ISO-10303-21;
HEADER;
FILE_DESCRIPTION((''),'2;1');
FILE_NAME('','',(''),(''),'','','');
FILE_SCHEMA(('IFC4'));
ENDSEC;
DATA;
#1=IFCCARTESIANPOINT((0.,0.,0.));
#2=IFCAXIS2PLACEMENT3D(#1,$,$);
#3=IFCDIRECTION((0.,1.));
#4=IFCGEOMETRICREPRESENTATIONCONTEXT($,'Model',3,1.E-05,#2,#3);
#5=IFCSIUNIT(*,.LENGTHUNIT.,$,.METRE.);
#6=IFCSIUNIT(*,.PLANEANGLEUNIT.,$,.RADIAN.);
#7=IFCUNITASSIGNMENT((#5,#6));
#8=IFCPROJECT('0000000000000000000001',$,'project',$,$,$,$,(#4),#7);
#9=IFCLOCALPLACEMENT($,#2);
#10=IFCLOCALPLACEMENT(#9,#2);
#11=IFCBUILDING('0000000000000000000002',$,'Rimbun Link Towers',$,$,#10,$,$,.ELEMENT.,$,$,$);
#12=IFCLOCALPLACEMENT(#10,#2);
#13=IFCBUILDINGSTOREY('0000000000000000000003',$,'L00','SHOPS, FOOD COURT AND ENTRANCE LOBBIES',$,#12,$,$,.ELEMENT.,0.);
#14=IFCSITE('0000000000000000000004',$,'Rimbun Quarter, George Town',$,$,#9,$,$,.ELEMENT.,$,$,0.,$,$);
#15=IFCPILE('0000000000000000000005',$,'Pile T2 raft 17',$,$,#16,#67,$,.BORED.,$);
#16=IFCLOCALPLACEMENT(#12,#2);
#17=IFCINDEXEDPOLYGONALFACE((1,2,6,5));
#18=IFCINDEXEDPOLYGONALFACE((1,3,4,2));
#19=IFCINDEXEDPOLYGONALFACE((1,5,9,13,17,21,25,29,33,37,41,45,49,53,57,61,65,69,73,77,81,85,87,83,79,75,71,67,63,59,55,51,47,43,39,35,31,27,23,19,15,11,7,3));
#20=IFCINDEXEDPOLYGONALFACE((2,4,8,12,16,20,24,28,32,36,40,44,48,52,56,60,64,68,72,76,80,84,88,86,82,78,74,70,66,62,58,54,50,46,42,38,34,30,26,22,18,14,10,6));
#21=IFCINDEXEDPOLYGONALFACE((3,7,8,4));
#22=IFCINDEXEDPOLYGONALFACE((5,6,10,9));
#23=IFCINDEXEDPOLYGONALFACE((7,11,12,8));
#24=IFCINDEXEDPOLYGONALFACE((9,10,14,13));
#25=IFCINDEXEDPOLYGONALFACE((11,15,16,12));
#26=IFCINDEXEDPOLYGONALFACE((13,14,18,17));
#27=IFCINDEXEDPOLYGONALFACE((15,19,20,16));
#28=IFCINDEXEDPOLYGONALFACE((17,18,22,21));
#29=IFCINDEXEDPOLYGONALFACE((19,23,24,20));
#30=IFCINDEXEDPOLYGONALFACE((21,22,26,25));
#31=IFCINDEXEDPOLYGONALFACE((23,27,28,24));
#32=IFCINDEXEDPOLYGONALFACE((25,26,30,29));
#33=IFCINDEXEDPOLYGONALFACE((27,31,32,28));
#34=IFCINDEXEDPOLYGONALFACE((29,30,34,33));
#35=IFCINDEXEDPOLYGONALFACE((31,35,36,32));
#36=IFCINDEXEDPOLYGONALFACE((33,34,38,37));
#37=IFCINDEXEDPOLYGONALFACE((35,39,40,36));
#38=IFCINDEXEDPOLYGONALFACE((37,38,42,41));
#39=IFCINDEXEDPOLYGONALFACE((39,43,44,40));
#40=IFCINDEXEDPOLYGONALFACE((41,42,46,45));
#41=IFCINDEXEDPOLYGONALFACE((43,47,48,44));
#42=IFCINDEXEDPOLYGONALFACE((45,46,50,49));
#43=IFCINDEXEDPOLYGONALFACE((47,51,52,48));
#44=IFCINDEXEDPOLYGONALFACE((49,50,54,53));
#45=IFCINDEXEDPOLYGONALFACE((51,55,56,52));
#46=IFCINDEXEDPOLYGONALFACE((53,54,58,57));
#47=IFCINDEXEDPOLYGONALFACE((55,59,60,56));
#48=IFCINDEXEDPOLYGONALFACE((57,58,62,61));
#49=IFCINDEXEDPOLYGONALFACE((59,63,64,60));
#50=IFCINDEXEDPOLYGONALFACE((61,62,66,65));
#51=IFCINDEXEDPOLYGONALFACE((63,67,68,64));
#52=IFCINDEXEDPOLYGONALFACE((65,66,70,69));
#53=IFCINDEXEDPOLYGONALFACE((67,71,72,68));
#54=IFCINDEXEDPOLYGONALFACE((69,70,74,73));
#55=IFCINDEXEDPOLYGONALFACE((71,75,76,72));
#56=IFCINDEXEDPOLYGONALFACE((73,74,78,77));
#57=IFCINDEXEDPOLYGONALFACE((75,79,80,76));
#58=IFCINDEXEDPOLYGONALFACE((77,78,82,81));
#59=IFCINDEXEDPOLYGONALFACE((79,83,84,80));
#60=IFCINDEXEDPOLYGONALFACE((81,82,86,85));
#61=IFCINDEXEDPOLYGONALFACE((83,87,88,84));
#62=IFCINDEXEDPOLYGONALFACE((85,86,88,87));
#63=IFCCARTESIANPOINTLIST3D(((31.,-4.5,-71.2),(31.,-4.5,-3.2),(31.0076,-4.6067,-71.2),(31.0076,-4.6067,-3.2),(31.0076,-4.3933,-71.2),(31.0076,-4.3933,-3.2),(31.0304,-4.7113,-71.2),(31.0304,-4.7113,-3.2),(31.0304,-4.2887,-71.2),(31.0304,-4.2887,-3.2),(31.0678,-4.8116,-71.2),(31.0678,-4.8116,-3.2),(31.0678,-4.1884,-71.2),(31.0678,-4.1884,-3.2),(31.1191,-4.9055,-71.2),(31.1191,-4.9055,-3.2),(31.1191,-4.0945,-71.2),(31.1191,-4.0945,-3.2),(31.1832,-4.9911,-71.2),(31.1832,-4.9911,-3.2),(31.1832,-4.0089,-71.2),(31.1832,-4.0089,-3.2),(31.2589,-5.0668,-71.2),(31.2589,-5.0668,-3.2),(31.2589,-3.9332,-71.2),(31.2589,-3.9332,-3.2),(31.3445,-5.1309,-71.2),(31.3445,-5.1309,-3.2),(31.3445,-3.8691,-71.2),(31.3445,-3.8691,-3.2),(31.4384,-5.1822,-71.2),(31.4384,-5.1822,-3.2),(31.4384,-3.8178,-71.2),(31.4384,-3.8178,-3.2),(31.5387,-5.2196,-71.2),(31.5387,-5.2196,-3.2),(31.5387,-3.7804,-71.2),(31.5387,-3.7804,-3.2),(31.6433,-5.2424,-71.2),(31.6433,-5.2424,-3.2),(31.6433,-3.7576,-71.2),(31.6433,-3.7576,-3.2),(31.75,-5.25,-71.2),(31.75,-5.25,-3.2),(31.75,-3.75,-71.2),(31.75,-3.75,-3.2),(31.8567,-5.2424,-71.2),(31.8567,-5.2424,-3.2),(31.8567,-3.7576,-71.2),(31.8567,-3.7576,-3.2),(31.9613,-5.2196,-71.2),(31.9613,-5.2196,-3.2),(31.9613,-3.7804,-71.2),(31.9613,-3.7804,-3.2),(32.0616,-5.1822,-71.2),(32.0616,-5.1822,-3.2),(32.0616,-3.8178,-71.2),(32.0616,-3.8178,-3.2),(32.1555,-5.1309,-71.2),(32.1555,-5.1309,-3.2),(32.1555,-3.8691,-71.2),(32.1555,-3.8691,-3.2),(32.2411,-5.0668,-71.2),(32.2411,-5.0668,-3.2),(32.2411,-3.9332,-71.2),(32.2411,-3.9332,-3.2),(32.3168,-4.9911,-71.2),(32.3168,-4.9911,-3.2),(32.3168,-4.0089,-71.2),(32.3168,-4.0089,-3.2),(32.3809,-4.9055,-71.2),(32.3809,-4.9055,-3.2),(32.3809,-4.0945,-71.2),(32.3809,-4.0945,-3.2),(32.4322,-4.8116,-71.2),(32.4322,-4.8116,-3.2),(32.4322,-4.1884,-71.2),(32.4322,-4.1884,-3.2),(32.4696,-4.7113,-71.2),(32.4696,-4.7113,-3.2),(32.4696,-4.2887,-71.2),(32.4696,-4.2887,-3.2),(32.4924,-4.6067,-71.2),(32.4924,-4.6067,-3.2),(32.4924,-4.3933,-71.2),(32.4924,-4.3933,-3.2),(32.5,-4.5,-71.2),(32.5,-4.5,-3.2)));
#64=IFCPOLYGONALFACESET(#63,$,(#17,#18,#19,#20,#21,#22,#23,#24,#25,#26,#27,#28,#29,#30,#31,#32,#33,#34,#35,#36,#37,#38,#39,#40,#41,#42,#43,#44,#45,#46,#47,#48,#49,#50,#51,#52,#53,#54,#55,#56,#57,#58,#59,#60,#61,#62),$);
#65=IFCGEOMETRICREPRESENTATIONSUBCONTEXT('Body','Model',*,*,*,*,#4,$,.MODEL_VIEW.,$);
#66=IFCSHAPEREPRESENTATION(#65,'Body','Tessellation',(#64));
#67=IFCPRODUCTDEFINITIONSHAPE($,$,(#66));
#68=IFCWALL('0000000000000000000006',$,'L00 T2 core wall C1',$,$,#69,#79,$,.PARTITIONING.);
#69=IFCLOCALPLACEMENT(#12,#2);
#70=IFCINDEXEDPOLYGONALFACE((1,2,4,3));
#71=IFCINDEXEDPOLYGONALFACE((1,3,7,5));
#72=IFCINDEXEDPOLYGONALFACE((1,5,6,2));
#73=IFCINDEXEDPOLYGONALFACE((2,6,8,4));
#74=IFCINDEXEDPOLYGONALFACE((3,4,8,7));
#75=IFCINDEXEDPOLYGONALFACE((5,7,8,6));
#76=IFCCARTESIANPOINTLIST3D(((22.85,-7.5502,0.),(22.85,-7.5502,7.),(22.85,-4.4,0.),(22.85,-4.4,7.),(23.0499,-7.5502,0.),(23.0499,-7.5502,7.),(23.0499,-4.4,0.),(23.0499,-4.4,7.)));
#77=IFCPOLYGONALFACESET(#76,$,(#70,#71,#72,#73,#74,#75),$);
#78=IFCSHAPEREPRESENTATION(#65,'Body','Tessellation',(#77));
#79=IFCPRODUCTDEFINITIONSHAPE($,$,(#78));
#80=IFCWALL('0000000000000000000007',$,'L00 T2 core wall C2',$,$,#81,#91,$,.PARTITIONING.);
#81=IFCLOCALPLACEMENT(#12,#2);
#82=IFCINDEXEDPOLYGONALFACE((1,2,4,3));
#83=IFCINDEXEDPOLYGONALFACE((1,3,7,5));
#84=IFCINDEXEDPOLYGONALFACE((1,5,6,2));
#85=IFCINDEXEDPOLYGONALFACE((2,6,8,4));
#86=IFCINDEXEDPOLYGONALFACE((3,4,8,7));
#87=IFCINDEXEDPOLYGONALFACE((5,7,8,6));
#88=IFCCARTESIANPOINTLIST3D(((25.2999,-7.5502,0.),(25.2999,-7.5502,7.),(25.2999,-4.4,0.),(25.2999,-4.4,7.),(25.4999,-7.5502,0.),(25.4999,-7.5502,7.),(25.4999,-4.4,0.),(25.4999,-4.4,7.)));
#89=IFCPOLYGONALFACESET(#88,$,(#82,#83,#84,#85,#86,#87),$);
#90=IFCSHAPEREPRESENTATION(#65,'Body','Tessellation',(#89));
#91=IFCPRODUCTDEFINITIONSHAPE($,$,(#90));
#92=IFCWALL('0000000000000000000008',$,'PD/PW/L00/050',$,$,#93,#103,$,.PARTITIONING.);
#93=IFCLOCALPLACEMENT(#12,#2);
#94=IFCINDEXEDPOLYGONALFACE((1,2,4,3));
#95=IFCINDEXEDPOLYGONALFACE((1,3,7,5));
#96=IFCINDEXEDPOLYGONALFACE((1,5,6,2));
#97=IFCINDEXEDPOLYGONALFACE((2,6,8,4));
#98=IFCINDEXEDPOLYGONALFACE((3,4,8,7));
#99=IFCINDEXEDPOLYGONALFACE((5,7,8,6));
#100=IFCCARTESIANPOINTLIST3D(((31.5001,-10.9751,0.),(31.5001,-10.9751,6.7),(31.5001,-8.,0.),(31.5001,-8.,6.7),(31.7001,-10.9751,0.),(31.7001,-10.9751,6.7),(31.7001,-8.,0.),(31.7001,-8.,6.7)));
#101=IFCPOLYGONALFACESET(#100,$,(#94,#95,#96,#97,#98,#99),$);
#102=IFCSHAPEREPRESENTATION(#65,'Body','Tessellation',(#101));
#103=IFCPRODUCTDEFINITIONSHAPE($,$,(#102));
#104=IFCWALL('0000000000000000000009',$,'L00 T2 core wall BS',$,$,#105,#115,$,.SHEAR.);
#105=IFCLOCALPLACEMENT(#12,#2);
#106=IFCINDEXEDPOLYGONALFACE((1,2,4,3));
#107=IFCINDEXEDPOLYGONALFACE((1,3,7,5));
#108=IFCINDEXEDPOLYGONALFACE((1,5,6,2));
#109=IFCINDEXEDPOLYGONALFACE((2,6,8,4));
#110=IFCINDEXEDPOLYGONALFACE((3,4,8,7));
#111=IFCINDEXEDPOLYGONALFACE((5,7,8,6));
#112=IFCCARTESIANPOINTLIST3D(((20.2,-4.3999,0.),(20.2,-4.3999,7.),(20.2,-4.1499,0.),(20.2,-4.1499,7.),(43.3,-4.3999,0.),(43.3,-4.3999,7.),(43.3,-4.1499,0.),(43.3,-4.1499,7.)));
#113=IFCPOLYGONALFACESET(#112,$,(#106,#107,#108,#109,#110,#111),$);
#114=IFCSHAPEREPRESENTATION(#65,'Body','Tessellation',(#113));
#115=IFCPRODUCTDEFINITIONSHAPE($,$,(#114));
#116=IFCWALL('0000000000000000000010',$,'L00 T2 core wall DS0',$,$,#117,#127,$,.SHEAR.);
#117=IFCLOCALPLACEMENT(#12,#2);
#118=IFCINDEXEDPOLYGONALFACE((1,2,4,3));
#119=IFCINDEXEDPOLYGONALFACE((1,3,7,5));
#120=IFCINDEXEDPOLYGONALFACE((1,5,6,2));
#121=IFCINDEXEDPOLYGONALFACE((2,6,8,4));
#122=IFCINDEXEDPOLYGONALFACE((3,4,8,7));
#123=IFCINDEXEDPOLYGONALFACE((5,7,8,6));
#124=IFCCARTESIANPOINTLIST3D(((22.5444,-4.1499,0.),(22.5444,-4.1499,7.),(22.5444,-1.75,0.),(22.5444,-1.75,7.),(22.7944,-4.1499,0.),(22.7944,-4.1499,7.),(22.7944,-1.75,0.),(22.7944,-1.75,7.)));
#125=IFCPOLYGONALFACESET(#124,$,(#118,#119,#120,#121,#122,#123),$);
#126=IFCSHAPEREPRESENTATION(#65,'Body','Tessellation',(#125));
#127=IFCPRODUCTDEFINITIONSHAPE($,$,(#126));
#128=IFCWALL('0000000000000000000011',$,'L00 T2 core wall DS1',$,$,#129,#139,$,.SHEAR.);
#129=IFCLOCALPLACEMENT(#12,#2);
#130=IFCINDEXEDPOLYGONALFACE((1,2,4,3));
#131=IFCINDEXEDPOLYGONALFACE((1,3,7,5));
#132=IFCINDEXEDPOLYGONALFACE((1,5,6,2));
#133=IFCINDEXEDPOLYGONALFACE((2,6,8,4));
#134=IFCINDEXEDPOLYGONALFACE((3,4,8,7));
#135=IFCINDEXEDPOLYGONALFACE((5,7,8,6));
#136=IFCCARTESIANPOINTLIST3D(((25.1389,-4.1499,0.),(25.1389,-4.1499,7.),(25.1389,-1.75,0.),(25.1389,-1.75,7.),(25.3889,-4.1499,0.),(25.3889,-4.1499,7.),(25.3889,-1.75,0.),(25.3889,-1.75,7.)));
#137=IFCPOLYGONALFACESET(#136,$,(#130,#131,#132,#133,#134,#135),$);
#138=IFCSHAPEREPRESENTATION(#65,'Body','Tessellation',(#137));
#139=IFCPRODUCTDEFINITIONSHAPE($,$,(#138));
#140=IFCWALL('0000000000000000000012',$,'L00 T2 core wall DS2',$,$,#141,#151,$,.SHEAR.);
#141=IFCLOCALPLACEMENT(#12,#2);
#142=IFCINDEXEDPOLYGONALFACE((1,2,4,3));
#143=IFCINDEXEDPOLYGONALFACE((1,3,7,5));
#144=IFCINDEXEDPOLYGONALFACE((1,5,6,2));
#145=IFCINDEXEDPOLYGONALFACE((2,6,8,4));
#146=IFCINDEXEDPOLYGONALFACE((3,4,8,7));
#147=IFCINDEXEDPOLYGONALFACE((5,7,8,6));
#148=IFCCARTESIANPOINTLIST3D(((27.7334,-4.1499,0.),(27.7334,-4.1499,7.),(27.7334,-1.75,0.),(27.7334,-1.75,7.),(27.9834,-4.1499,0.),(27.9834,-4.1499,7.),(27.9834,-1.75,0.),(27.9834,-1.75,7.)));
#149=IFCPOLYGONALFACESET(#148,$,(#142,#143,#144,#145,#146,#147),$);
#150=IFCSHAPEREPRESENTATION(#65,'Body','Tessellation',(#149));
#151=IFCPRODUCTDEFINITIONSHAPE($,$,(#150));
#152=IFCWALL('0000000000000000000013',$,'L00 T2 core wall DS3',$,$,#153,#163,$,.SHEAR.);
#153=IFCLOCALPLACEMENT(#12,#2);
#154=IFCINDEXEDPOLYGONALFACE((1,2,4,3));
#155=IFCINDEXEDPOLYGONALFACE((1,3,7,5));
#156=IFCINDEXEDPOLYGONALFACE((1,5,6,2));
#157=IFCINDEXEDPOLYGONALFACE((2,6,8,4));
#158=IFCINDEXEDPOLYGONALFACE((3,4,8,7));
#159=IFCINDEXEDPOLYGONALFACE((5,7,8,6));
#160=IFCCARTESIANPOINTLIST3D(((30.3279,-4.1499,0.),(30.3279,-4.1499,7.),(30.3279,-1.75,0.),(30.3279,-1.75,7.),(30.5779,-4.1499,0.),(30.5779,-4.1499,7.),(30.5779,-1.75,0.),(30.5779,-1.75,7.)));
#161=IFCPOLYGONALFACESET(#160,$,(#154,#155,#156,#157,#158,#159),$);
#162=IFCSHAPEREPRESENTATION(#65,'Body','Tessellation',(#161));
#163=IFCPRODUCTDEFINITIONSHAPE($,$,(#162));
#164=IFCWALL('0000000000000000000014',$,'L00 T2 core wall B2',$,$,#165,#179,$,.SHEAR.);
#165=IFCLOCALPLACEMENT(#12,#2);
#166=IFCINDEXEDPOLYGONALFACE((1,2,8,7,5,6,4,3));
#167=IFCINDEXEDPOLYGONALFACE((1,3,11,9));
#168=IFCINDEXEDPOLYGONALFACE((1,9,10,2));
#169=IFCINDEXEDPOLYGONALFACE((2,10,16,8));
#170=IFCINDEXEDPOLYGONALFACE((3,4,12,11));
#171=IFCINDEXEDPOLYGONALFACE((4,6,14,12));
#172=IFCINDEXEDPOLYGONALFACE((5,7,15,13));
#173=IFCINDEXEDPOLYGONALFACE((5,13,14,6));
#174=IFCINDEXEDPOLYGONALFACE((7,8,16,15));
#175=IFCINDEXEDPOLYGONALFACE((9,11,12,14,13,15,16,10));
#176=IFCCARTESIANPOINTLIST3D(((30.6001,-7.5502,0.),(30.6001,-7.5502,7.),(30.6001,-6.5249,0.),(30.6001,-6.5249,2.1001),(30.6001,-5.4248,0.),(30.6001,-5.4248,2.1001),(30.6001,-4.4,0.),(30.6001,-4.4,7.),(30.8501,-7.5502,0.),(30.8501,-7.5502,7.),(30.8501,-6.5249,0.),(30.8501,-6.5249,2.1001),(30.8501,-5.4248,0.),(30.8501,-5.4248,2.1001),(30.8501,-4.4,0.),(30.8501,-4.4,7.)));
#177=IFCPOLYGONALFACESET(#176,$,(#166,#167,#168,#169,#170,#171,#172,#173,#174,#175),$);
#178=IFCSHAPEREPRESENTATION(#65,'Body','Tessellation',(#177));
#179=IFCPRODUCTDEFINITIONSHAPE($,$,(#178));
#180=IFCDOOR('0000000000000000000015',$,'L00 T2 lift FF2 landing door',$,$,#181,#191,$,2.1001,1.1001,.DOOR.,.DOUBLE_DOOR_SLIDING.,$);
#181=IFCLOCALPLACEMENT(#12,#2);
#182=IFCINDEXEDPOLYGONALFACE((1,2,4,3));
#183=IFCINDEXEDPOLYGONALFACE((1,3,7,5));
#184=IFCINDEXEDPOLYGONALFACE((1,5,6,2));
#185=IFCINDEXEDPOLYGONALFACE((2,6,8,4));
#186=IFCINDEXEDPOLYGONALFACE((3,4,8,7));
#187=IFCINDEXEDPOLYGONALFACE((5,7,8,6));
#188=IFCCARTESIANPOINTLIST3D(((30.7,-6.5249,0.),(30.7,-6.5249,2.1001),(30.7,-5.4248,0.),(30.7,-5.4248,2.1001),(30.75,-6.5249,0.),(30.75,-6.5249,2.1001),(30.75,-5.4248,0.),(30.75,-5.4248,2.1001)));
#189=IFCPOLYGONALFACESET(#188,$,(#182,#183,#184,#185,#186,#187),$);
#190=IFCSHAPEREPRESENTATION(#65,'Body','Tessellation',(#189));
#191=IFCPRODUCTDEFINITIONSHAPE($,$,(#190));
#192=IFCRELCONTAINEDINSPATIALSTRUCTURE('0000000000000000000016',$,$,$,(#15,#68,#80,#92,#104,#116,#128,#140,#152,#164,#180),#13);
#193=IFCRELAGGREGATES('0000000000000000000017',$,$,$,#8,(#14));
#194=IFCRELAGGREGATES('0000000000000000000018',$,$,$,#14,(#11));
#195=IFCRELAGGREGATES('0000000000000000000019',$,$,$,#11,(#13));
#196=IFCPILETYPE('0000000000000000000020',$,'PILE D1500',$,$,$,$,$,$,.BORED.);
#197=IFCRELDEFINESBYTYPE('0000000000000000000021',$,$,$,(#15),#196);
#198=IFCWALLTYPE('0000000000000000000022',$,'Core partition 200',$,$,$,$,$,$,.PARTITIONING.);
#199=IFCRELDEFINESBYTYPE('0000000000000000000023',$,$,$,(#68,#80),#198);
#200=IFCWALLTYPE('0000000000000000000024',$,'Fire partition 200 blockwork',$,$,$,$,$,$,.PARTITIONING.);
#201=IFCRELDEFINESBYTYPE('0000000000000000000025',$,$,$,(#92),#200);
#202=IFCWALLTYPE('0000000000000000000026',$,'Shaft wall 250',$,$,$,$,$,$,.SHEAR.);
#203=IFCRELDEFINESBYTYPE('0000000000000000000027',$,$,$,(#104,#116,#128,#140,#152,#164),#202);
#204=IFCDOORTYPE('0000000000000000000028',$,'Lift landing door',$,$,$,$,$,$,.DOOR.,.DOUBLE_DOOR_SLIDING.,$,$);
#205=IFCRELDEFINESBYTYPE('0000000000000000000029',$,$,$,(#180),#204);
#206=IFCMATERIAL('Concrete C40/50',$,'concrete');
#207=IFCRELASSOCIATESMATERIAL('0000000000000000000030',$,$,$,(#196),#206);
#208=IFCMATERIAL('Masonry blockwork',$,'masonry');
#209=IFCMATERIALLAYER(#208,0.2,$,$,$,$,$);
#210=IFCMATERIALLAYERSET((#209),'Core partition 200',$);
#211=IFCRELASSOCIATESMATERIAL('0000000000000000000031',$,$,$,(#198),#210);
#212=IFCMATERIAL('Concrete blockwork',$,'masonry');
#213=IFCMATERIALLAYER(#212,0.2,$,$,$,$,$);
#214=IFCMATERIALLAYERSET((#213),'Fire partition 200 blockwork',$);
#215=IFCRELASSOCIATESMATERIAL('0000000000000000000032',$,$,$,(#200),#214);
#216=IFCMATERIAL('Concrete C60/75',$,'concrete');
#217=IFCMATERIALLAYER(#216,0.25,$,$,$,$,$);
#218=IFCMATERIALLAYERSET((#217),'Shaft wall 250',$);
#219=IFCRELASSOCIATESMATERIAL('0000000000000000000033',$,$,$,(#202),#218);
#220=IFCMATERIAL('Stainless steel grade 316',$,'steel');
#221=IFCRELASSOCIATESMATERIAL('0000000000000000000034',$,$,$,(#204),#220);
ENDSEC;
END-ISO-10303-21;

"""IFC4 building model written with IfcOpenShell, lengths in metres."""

from ifc_helpers import new_model, si_unit, direction, frame, frame_2d, origin, origin_2d, place, context, subcontext, project, spatial, rectangle, circle, extrude, material, layer, layer_set, material_profile, profile_set, type_object, element, fill, save


model = new_model("IFC4")

# Units and contexts
model_context = context("Model", 3, precision=1e-05, world=origin(), true_north=direction((0.0, 1.0)))
body_context = subcontext(model_context, "Body", "Model", "MODEL_VIEW")
ifc_project = project(units=[si_unit("LENGTHUNIT", "METRE"), si_unit("PLANEANGLEUNIT", "RADIAN")], contexts=[model_context])

# Site, building, storey
site_placement = place(None, origin())
site = spatial("IfcSite", under=ifc_project, at=site_placement, Name="Rimbun Quarter, George Town", CompositionType="ELEMENT", RefElevation=0.0)
building_placement = place(site_placement, origin())
building = spatial("IfcBuilding", under=site, at=building_placement, Name="Rimbun Link Towers", CompositionType="ELEMENT")
storey_placement = place(building_placement, origin())
storey = spatial("IfcBuildingStorey", under=building, at=storey_placement, Name="L00", Description="SHOPS, FOOD COURT AND ENTRANCE LOBBIES", CompositionType="ELEMENT", Elevation=0.0)

# Pile
ifc_material_1 = material(Name="Concrete C40/50", Category="concrete")
ifc_material_profile = material_profile(ifc_material_1, circle(Radius=0.75, at=origin_2d()), Name="PILE D1500")
ifc_profile_set = profile_set([ifc_material_profile], Name="Concrete C40/50")
pile_type = type_object("IfcPileType", Name="PILE D1500", PredefinedType="BORED", material=ifc_profile_set)
for number, where, z_axis, x_axis, name in (
    (1, (31.75, -4.5, -3.2), (0.0, 0.0, -1.0), (1.0, 0.0, 0.0), "Pile T2 raft 17"),
):
    element("IfcPile", number, at=place(storey_placement, frame(where, z_axis=z_axis, x_axis=x_axis)), inside=storey, type_object=pile_type, Name=name, PredefinedType="BORED", context=body_context, shape_type="SweptSolid", body=[
        extrude(circle(Radius=0.75, at=origin_2d()), origin(), (0.0, 0.0, 1.0), 68.0),
    ])

# Walls
ifc_material_2 = material(Name="Masonry blockwork", Category="masonry")
ifc_layer_1 = layer(ifc_material_2, 0.2)
ifc_layer_set_1 = layer_set([ifc_layer_1], Name="Core partition 200")
wall_type_1 = type_object("IfcWallType", Name="Core partition 200", PredefinedType="PARTITIONING", material=ifc_layer_set_1)
for number, where, z_axis, x_axis, name in (
    (2, (22.95, -4.3999, 0.0), (0.0, 0.0, 1.0), (0.0, -1.0, 0.0), "L00 T2 core wall C1"),
    (3, (25.3999, -4.3999, 0.0), (0.0, 0.0, 1.0), (0.0, -1.0, 0.0), "L00 T2 core wall C2"),
):
    element("IfcWall", number, at=place(storey_placement, frame(where, z_axis=z_axis, x_axis=x_axis)), inside=storey, type_object=wall_type_1, Name=name, PredefinedType="PARTITIONING", context=body_context, shape_type="SweptSolid", body=[
        extrude(rectangle(XDim=3.1501, YDim=0.2, at=frame_2d((1.5752, 0.0))), origin(), (0.0, 0.0, 1.0), 7.0),
    ])
ifc_material_3 = material(Name="Concrete blockwork", Category="masonry")
ifc_layer_2 = layer(ifc_material_3, 0.2)
ifc_layer_set_2 = layer_set([ifc_layer_2], Name="Fire partition 200 blockwork")
wall_type_2 = type_object("IfcWallType", Name="Fire partition 200 blockwork", PredefinedType="PARTITIONING", material=ifc_layer_set_2)
wall_1_placement = place(storey_placement, frame((31.6001, -8.0, 0.0), z_axis=(0.0, 0.0, 1.0), x_axis=(0.0, -1.0, 0.0)))
element("IfcWall", 4, at=wall_1_placement, inside=storey, type_object=wall_type_2, Name="PD/PW/L00/050", PredefinedType="PARTITIONING", context=body_context, shape_type="SweptSolid", body=[
    extrude(rectangle(XDim=2.9751, YDim=0.2, at=frame_2d((1.4875, 0.0))), origin(), (0.0, 0.0, 1.0), 6.7),
])
ifc_material_4 = material(Name="Concrete C60/75", Category="concrete")
ifc_layer_3 = layer(ifc_material_4, 0.25)
ifc_layer_set_3 = layer_set([ifc_layer_3], Name="Shaft wall 250")
wall_type_3 = type_object("IfcWallType", Name="Shaft wall 250", PredefinedType="SHEAR", material=ifc_layer_set_3)
wall_2_placement = place(storey_placement, frame((20.2, -4.2749, 0.0), z_axis=(0.0, 0.0, 1.0), x_axis=(1.0, 0.0, 0.0)))
element("IfcWall", 5, at=wall_2_placement, inside=storey, type_object=wall_type_3, Name="L00 T2 core wall BS", PredefinedType="SHEAR", context=body_context, shape_type="SweptSolid", body=[
    extrude(rectangle(XDim=23.1001, YDim=0.25, at=frame_2d((11.55, 0.0))), origin(), (0.0, 0.0, 1.0), 7.0),
])

# Shared definitions
ifc_material_5 = material(Name="Stainless steel grade 316", Category="steel")
door_type_1 = type_object("IfcDoorType", Name="Lift landing door", OperationType="DOUBLE_DOOR_SLIDING", PredefinedType="DOOR", material=ifc_material_5)

# Walls
for number, where, z_axis, x_axis, name in (
    (6, (22.6694, -4.1499, 0.0), (0.0, 0.0, 1.0), (0.0, 1.0, 0.0), "L00 T2 core wall DS0"),
    (7, (25.2639, -4.1499, 0.0), (0.0, 0.0, 1.0), (0.0, 1.0, 0.0), "L00 T2 core wall DS1"),
    (8, (27.8584, -4.1499, 0.0), (0.0, 0.0, 1.0), (0.0, 1.0, 0.0), "L00 T2 core wall DS2"),
    (9, (30.4529, -4.1499, 0.0), (0.0, 0.0, 1.0), (0.0, 1.0, 0.0), "L00 T2 core wall DS3"),
):
    element("IfcWall", number, at=place(storey_placement, frame(where, z_axis=z_axis, x_axis=x_axis)), inside=storey, type_object=wall_type_3, Name=name, PredefinedType="SHEAR", context=body_context, shape_type="SweptSolid", body=[
        extrude(rectangle(XDim=2.3999, YDim=0.25, at=frame_2d((1.2, 0.0))), origin(), (0.0, 0.0, 1.0), 7.0),
    ])

# Wall, opening, door
wall_3_placement = place(storey_placement, frame((30.7251, -4.3999, 0.0), z_axis=(0.0, 0.0, 1.0), x_axis=(0.0, -1.0, 0.0)))
wall_3 = element("IfcWall", 10, at=wall_3_placement, inside=storey, type_object=wall_type_3, Name="L00 T2 core wall B2", PredefinedType="SHEAR", context=body_context, shape_type="SweptSolid", body=[
    extrude(rectangle(XDim=3.1501, YDim=0.25, at=frame_2d((1.5752, 0.0))), origin(), (0.0, 0.0, 1.0), 7.0),
])
opening_1_placement = place(wall_3_placement, frame((1.0249, 0.0, 0.0)))
opening_1 = element("IfcOpeningElement", 11, at=opening_1_placement, cuts=wall_3, PredefinedType="OPENING", context=body_context, shape_type="SweptSolid", body=[
    extrude(rectangle(XDim=1.1001, YDim=2.1001, at=frame_2d((0.55, 1.05))), frame((0.0, 0.135, 0.0), z_axis=(0.0, -1.0, 0.0), x_axis=(1.0, 0.0, 0.0)), (0.0, 0.0, 1.0), 0.27),
])
door_1_placement = place(opening_1_placement, origin())
door_1 = element("IfcDoor", 12, at=door_1_placement, inside=storey, type_object=door_type_1, Name="L00 T2 lift FF2 landing door", OperationType="DOUBLE_DOOR_SLIDING", OverallHeight=2.1001, OverallWidth=1.1001, PredefinedType="DOOR", context=body_context, shape_type="SweptSolid", body=[
    extrude(rectangle(XDim=1.1001, YDim=2.1001, at=frame_2d((0.55, 1.05))), frame((0.0, 0.0249, 0.0), z_axis=(0.0, -1.0, 0.0), x_axis=(1.0, 0.0, 0.0)), (0.0, 0.0, 1.0), 0.05),
])
fill(opening_1, door_1)

save(model, "model.ifc")
